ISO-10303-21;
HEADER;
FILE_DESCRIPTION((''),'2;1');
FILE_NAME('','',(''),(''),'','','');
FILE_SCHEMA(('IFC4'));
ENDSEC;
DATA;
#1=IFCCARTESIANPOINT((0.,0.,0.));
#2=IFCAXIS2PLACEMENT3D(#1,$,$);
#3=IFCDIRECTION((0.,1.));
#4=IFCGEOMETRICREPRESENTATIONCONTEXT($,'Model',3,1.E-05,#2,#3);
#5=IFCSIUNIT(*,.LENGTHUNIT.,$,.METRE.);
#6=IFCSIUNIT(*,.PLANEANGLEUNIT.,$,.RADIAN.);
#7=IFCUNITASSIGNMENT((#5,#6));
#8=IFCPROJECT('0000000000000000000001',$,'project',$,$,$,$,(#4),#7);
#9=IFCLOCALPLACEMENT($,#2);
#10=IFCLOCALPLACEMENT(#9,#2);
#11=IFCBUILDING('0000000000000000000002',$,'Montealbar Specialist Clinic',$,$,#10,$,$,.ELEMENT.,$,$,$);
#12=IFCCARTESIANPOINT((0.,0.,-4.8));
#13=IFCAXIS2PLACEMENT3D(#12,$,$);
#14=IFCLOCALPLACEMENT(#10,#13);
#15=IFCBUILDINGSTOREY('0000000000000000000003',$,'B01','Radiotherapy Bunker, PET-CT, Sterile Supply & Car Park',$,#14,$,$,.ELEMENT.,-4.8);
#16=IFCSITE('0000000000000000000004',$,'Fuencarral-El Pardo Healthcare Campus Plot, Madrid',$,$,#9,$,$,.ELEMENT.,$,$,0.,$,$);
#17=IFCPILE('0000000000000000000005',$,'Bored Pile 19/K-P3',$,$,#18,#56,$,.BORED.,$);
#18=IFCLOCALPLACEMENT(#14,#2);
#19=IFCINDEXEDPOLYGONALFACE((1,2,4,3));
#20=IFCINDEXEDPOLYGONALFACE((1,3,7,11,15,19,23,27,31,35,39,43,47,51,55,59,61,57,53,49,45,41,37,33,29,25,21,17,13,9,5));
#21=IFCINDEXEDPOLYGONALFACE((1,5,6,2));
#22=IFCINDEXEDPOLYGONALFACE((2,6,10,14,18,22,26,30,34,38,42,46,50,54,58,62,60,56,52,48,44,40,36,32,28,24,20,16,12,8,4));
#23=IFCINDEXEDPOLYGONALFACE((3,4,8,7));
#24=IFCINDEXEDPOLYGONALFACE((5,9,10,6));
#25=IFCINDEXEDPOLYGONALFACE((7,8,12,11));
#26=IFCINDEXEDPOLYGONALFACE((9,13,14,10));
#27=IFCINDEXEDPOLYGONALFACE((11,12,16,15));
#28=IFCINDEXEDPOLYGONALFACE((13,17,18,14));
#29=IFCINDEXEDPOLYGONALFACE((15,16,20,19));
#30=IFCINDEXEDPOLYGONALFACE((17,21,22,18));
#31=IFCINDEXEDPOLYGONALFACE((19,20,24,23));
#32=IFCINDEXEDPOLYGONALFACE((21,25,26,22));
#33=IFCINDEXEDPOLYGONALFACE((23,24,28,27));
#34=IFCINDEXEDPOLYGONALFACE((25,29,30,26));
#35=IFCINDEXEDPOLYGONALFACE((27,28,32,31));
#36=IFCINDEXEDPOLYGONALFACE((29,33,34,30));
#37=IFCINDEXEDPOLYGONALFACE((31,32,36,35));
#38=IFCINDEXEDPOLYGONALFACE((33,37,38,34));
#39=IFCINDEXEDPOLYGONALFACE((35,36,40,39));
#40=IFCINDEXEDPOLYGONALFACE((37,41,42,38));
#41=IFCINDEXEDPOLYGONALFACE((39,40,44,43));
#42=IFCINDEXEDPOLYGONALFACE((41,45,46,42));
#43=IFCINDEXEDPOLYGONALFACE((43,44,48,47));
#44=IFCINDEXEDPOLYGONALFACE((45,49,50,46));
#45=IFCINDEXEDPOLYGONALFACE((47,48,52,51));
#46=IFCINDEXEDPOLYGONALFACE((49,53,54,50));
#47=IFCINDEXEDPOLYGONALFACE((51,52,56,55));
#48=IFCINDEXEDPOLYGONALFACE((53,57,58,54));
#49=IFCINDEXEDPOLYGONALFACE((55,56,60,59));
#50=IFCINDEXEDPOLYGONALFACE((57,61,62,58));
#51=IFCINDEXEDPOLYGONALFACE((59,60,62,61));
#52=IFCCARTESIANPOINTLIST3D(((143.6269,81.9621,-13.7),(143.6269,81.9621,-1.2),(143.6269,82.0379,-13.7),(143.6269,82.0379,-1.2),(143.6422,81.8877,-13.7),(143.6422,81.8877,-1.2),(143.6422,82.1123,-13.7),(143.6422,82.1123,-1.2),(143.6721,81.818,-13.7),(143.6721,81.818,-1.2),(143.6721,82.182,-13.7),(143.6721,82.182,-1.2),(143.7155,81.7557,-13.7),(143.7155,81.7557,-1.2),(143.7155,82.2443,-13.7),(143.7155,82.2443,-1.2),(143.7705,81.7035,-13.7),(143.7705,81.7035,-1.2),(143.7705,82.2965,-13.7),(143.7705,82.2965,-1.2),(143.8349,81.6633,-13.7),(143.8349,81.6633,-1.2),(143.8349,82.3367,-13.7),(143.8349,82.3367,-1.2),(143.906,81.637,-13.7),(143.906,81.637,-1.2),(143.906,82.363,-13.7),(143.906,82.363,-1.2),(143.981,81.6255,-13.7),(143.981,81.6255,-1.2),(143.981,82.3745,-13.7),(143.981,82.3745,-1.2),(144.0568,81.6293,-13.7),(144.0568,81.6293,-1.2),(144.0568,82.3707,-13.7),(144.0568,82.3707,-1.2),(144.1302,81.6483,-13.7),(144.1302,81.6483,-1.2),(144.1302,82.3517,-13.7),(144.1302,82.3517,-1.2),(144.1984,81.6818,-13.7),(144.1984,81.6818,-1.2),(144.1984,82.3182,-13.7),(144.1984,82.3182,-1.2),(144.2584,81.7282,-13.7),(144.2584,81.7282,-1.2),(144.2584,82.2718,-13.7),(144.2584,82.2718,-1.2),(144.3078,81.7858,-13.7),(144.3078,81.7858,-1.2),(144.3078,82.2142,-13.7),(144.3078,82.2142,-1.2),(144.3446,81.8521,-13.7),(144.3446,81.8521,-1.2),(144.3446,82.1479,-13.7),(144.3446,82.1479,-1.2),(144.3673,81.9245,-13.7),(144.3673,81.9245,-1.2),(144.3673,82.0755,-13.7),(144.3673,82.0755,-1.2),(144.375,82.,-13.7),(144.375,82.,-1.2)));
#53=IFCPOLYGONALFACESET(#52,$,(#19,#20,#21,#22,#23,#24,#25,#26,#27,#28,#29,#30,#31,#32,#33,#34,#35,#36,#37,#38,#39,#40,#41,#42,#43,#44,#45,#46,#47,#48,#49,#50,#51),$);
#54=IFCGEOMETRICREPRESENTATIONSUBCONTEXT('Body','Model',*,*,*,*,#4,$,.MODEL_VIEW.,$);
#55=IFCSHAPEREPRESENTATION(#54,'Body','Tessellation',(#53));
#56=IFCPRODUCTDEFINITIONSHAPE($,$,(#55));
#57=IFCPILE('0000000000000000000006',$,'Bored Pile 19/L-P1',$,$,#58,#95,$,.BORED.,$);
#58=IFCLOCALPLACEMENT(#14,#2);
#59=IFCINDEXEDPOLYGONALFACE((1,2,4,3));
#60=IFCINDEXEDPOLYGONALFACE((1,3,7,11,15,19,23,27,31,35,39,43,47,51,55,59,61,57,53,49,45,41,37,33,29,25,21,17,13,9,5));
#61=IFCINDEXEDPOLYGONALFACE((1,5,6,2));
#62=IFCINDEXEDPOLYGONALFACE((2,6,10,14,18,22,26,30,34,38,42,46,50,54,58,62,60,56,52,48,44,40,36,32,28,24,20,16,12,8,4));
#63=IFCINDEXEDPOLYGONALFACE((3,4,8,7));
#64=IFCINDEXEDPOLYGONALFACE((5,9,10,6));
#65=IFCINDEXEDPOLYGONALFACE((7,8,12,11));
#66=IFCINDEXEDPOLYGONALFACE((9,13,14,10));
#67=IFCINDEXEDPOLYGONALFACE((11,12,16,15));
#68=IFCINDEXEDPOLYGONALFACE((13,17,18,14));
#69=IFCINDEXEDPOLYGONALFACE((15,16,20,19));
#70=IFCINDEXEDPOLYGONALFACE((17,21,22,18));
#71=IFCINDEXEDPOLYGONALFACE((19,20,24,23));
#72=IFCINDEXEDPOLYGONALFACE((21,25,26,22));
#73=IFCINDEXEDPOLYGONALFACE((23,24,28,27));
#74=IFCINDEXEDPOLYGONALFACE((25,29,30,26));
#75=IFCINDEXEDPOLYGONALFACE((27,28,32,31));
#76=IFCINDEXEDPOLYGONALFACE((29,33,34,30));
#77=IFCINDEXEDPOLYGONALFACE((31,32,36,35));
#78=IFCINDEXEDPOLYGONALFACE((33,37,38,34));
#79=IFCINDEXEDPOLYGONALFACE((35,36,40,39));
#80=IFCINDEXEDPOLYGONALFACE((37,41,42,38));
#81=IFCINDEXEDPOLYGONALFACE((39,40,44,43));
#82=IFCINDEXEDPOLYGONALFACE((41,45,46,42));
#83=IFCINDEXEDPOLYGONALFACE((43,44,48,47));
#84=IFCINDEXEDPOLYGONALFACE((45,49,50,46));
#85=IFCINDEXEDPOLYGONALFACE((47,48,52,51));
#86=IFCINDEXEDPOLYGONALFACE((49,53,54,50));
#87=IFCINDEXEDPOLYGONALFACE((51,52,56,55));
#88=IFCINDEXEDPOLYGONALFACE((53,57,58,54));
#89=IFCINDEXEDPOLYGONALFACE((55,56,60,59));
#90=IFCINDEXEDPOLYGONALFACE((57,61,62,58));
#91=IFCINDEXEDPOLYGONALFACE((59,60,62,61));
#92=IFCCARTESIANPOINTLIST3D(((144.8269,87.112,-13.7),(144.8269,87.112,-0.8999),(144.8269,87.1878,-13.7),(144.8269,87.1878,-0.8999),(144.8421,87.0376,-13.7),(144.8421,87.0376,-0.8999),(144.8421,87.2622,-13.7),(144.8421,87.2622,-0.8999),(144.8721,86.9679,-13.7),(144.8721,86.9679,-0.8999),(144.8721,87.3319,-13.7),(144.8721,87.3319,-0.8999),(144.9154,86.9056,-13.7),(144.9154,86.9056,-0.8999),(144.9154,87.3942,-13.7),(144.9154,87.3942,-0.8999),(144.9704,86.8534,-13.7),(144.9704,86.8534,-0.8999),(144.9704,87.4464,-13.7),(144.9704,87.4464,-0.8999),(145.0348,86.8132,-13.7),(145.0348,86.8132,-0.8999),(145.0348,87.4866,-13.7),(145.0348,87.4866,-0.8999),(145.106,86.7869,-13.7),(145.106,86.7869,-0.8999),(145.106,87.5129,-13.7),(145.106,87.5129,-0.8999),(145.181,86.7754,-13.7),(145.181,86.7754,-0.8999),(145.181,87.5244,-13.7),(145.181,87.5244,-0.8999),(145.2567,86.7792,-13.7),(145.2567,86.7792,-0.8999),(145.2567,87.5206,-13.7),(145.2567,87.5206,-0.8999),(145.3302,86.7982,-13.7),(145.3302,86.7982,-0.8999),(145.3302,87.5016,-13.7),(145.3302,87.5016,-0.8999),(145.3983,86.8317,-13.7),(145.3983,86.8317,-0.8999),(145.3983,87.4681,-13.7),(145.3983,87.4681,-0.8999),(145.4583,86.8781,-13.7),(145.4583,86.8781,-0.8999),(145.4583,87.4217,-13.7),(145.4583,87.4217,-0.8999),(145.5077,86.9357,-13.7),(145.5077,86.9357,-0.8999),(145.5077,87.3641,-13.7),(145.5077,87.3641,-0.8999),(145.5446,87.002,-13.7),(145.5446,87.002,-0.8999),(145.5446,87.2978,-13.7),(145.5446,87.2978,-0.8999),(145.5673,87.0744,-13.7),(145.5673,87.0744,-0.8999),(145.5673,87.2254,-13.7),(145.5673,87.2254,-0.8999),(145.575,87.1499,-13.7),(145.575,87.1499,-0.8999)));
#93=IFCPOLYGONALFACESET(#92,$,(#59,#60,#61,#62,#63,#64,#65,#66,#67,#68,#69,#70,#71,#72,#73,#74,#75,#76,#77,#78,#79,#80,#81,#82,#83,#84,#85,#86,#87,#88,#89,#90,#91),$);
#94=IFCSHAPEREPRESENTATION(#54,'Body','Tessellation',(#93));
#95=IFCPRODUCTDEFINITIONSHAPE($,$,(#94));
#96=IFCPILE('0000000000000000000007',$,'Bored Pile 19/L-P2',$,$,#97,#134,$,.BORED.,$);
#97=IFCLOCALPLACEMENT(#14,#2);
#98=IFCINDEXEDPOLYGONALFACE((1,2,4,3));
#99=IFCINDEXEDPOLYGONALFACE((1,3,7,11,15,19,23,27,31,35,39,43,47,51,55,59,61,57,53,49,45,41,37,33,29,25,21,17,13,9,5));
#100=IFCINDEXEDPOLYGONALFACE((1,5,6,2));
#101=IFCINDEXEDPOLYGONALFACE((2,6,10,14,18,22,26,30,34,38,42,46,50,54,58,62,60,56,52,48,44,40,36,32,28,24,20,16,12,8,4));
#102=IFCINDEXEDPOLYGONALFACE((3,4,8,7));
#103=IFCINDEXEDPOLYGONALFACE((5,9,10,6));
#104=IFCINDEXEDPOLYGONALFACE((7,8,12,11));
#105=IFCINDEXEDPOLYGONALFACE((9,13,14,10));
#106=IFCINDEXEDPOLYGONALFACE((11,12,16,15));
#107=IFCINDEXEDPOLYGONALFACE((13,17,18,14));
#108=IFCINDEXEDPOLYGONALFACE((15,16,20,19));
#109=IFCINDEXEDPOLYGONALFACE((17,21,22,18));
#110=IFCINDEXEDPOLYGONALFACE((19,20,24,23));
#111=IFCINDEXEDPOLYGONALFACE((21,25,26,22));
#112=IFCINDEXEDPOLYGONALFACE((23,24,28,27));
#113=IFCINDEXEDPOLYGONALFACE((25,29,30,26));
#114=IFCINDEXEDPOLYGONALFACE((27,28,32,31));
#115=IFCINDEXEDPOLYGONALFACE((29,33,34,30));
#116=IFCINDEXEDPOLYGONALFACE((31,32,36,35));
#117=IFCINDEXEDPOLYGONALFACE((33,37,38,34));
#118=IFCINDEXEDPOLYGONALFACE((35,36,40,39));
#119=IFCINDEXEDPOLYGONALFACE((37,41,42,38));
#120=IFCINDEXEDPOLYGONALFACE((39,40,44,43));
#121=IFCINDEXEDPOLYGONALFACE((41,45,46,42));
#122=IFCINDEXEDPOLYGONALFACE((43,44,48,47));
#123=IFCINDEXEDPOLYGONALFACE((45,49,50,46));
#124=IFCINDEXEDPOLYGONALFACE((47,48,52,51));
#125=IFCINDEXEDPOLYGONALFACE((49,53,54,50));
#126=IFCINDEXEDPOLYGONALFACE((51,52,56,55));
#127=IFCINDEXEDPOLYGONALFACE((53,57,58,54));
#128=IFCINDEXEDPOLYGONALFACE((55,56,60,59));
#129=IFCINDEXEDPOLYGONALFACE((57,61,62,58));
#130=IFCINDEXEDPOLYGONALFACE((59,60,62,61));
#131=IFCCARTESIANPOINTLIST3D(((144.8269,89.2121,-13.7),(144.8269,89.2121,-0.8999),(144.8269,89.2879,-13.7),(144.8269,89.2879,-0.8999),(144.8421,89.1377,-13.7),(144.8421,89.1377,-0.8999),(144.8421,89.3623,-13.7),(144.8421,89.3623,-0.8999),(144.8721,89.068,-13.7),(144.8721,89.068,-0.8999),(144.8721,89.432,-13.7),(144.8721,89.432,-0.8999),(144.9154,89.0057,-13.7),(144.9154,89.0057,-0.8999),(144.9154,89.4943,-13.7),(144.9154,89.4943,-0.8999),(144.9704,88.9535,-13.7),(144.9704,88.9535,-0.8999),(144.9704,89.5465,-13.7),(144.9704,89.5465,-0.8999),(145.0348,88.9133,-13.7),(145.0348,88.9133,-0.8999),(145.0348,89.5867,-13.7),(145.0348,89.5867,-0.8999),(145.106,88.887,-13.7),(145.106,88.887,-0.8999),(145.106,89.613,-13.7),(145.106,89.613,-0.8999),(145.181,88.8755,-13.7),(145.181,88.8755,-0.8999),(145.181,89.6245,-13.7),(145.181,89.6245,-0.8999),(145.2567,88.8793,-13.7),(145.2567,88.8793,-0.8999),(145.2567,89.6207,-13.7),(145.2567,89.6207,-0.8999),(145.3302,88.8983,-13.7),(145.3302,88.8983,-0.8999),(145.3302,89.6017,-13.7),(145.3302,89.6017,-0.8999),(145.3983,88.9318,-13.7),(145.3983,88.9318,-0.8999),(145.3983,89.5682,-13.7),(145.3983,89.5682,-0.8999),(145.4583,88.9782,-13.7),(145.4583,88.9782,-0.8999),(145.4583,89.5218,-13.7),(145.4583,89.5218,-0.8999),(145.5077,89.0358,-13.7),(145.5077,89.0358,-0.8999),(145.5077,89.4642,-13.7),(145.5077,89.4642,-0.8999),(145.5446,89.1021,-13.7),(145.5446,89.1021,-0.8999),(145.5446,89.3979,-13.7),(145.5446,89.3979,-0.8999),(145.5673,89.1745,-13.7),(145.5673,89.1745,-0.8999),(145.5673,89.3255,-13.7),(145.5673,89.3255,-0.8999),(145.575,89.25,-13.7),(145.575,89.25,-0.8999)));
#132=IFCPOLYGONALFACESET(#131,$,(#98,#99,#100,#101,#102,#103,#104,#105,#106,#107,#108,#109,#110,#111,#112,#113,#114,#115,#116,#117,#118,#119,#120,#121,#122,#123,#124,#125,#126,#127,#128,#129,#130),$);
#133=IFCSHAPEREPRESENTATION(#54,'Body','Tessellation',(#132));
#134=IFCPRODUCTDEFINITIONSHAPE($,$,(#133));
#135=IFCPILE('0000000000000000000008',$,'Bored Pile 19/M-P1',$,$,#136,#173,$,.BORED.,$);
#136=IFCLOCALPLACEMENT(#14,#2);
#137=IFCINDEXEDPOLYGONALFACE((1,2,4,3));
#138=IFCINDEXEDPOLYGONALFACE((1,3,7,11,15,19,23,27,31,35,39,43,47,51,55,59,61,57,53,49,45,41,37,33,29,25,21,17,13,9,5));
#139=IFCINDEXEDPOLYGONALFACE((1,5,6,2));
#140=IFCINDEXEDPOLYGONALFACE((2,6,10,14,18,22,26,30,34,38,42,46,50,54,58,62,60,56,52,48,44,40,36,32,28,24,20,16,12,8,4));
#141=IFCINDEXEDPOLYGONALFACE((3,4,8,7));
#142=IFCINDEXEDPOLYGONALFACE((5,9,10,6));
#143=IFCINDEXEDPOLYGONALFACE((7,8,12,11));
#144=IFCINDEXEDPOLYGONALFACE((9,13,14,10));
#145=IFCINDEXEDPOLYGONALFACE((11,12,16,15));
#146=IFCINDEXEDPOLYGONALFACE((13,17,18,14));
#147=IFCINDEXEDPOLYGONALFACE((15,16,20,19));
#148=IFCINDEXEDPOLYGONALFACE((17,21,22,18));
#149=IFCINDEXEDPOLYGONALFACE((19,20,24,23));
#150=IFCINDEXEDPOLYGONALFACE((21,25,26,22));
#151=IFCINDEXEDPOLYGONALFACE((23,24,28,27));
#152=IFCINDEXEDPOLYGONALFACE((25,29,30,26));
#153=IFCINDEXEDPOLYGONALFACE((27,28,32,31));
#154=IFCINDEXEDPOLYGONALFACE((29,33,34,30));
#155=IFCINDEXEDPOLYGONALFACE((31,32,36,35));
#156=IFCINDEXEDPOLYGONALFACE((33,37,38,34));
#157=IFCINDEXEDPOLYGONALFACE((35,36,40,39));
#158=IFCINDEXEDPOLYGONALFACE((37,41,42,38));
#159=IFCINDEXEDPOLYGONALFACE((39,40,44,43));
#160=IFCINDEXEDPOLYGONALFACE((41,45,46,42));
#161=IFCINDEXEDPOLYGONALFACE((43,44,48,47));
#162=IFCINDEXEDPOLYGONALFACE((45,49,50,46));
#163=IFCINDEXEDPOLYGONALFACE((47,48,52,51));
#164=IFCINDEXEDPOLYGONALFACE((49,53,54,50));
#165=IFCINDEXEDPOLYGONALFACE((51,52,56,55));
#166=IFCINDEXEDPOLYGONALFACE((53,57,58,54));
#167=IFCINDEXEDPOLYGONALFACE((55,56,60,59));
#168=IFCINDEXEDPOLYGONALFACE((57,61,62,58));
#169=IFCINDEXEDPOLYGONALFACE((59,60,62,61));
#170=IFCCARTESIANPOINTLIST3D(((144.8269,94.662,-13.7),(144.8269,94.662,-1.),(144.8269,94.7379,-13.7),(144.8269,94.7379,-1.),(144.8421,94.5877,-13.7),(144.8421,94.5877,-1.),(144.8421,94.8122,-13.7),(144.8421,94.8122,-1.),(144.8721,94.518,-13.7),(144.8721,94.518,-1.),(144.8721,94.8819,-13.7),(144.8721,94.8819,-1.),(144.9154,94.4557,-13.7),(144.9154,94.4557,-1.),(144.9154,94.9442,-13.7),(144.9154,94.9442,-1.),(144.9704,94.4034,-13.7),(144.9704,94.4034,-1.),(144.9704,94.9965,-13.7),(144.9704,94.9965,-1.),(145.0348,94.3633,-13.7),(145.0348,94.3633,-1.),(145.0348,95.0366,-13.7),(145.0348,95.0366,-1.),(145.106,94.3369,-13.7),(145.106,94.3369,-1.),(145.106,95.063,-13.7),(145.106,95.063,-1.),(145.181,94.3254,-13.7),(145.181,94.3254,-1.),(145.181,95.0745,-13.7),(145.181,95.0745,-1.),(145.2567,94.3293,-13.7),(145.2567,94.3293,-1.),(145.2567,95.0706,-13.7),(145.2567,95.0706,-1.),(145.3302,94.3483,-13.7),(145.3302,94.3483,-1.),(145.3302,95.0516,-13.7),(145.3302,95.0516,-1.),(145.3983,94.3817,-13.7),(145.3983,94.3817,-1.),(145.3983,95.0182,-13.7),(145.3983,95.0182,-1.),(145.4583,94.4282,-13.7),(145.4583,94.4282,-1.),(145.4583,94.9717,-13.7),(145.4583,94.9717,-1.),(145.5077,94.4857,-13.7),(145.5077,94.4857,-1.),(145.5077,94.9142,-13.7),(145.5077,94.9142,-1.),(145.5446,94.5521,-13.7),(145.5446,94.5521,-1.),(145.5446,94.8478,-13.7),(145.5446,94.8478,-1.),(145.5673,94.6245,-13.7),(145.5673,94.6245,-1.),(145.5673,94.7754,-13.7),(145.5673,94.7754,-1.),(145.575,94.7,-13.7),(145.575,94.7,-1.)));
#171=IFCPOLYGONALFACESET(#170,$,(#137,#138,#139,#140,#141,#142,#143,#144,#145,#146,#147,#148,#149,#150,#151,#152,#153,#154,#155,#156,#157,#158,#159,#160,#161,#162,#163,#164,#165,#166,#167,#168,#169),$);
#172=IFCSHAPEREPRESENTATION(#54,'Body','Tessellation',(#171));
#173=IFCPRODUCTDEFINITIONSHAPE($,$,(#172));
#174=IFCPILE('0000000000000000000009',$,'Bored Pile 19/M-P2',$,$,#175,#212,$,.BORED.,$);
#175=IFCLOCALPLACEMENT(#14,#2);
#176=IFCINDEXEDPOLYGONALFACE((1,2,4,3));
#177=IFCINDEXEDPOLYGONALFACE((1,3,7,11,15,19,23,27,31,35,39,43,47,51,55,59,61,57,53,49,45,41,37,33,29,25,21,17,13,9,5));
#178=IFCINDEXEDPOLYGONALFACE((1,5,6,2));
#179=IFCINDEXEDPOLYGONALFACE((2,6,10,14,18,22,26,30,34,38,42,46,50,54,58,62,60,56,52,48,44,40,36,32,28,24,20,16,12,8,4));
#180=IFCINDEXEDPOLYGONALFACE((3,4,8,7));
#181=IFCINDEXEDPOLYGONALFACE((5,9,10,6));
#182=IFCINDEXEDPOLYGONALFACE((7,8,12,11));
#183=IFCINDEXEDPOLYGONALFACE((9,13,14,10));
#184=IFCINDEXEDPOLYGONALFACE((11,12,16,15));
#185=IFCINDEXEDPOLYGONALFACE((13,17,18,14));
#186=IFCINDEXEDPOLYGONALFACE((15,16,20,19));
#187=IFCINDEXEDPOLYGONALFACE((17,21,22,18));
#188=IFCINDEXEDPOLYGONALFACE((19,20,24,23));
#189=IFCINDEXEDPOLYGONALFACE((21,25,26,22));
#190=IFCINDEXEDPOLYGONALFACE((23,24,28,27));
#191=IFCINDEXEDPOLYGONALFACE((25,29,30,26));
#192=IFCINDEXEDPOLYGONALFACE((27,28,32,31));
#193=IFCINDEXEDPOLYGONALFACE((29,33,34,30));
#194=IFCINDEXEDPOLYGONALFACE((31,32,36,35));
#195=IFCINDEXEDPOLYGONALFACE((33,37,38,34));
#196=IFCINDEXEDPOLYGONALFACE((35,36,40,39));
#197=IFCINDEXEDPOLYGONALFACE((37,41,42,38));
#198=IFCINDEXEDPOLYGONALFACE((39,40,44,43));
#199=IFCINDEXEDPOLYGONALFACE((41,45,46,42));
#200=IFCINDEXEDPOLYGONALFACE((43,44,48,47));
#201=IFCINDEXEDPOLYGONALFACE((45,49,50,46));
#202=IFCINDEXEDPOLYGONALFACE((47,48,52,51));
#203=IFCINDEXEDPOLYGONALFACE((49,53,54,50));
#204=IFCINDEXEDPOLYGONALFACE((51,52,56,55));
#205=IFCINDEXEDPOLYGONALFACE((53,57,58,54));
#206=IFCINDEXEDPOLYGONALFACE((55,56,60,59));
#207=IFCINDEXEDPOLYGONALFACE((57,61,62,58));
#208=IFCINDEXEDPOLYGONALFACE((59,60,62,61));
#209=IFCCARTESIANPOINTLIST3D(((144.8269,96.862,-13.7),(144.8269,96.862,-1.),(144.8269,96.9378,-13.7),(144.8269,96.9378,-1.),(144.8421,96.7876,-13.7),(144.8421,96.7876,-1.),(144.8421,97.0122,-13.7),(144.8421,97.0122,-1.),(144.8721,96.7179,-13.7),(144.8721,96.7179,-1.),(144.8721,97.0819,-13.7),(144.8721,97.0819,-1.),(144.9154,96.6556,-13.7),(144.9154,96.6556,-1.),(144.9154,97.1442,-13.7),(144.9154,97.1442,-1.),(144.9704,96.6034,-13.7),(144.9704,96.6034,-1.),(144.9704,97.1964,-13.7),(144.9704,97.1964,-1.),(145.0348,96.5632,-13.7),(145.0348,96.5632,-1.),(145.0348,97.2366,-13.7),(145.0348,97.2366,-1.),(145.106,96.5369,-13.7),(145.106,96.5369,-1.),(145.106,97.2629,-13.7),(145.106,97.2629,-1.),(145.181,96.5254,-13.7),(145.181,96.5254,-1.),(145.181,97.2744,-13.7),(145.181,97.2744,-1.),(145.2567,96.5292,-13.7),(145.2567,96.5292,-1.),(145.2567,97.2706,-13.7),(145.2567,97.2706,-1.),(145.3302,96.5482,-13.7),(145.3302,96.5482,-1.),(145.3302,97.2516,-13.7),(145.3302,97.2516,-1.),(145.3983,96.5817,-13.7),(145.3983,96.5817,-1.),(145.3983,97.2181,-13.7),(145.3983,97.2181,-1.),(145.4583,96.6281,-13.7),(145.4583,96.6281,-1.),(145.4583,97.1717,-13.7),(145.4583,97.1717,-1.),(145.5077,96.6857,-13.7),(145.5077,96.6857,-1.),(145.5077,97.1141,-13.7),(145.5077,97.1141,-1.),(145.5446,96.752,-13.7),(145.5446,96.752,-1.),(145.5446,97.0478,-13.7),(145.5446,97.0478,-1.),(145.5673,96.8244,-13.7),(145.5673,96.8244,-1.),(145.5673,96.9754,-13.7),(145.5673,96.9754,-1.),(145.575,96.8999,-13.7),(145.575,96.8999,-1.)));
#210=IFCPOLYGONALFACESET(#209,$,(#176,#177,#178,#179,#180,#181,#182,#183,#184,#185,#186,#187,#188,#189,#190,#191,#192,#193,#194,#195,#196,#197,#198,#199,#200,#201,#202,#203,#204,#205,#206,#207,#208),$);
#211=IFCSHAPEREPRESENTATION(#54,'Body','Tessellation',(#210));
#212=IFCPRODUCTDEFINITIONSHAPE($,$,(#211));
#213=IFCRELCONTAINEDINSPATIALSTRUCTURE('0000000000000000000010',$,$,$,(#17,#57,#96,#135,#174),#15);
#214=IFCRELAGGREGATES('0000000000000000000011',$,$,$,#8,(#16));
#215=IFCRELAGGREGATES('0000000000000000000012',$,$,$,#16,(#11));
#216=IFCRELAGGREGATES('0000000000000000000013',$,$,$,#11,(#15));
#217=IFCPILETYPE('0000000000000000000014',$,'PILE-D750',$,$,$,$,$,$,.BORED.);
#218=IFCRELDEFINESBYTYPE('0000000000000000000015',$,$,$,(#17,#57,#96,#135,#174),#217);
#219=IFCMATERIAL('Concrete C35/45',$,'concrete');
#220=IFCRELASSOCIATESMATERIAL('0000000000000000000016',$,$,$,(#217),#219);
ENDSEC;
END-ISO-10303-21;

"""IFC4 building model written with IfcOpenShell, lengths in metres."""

from ifc_helpers import new_model, si_unit, direction, frame, origin, origin_2d, place, context, subcontext, project, spatial, circle, extrude, material, material_profile, profile_set, type_object, element, save


model = new_model("IFC4")

# Units and contexts
model_context = context("Model", 3, precision=1e-05, world=origin(), true_north=direction((0.0, 1.0)))
body_context = subcontext(model_context, "Body", "Model", "MODEL_VIEW")
ifc_project = project(units=[si_unit("LENGTHUNIT", "METRE"), si_unit("PLANEANGLEUNIT", "RADIAN")], contexts=[model_context])

# Site, building, storey
site_placement = place(None, origin())
site = spatial("IfcSite", under=ifc_project, at=site_placement, Name="Fuencarral-El Pardo Healthcare Campus Plot, Madrid", CompositionType="ELEMENT", RefElevation=0.0)
building_placement = place(site_placement, origin())
building = spatial("IfcBuilding", under=site, at=building_placement, Name="Montealbar Specialist Clinic", CompositionType="ELEMENT")
storey_placement = place(building_placement, frame((0.0, 0.0, -4.8)))
storey = spatial("IfcBuildingStorey", under=building, at=storey_placement, Name="B01", Description="Radiotherapy Bunker, PET-CT, Sterile Supply & Car Park", CompositionType="ELEMENT", Elevation=-4.8)

# Shared definitions
ifc_material_1 = material(Name="Concrete C35/45", Category="concrete")

# Piles
ifc_material_profile_1 = material_profile(ifc_material_1, circle(Radius=0.375, at=origin_2d()), Name="PILE D750", Category="concrete")
ifc_profile_set_1 = profile_set([ifc_material_profile_1], Name="Concrete C35/45")
pile_type = type_object("IfcPileType", Name="PILE-D750", PredefinedType="BORED", material=ifc_profile_set_1)
pile_placement = place(storey_placement, frame((144.0, 82.0, -1.2), z_axis=(0.0, 0.0, -1.0), x_axis=(1.0, 0.0, 0.0)))
element("IfcPile", 1, at=pile_placement, inside=storey, type_object=pile_type, Name="Bored Pile 19/K-P3", PredefinedType="BORED", context=body_context, shape_type="SweptSolid", body=[
    extrude(circle(Radius=0.375, at=origin_2d()), origin(), (0.0, 0.0, 1.0), 12.5),
])
for number, where, z_axis, x_axis, name in (
    (2, (145.2, 87.1499, -0.8999), (0.0, 0.0, -1.0), (1.0, 0.0, 0.0), "Bored Pile 19/L-P1"),
    (3, (145.2, 89.25, -0.8999), (0.0, 0.0, -1.0), (1.0, 0.0, 0.0), "Bored Pile 19/L-P2"),
):
    element("IfcPile", number, at=place(storey_placement, frame(where, z_axis=z_axis, x_axis=x_axis)), inside=storey, type_object=pile_type, Name=name, PredefinedType="BORED", context=body_context, shape_type="SweptSolid", body=[
        extrude(circle(Radius=0.375, at=origin_2d()), origin(), (0.0, 0.0, 1.0), 12.8),
    ])
for number, where, z_axis, x_axis, name in (
    (4, (145.2, 94.7, -1.0), (0.0, 0.0, -1.0), (1.0, 0.0, 0.0), "Bored Pile 19/M-P1"),
    (5, (145.2, 96.8999, -1.0), (0.0, 0.0, -1.0), (1.0, 0.0, 0.0), "Bored Pile 19/M-P2"),
):
    element("IfcPile", number, at=place(storey_placement, frame(where, z_axis=z_axis, x_axis=x_axis)), inside=storey, type_object=pile_type, Name=name, PredefinedType="BORED", context=body_context, shape_type="SweptSolid", body=[
        extrude(circle(Radius=0.375, at=origin_2d()), origin(), (0.0, 0.0, 1.0), 12.7),
    ])

save(model, "model.ifc")
